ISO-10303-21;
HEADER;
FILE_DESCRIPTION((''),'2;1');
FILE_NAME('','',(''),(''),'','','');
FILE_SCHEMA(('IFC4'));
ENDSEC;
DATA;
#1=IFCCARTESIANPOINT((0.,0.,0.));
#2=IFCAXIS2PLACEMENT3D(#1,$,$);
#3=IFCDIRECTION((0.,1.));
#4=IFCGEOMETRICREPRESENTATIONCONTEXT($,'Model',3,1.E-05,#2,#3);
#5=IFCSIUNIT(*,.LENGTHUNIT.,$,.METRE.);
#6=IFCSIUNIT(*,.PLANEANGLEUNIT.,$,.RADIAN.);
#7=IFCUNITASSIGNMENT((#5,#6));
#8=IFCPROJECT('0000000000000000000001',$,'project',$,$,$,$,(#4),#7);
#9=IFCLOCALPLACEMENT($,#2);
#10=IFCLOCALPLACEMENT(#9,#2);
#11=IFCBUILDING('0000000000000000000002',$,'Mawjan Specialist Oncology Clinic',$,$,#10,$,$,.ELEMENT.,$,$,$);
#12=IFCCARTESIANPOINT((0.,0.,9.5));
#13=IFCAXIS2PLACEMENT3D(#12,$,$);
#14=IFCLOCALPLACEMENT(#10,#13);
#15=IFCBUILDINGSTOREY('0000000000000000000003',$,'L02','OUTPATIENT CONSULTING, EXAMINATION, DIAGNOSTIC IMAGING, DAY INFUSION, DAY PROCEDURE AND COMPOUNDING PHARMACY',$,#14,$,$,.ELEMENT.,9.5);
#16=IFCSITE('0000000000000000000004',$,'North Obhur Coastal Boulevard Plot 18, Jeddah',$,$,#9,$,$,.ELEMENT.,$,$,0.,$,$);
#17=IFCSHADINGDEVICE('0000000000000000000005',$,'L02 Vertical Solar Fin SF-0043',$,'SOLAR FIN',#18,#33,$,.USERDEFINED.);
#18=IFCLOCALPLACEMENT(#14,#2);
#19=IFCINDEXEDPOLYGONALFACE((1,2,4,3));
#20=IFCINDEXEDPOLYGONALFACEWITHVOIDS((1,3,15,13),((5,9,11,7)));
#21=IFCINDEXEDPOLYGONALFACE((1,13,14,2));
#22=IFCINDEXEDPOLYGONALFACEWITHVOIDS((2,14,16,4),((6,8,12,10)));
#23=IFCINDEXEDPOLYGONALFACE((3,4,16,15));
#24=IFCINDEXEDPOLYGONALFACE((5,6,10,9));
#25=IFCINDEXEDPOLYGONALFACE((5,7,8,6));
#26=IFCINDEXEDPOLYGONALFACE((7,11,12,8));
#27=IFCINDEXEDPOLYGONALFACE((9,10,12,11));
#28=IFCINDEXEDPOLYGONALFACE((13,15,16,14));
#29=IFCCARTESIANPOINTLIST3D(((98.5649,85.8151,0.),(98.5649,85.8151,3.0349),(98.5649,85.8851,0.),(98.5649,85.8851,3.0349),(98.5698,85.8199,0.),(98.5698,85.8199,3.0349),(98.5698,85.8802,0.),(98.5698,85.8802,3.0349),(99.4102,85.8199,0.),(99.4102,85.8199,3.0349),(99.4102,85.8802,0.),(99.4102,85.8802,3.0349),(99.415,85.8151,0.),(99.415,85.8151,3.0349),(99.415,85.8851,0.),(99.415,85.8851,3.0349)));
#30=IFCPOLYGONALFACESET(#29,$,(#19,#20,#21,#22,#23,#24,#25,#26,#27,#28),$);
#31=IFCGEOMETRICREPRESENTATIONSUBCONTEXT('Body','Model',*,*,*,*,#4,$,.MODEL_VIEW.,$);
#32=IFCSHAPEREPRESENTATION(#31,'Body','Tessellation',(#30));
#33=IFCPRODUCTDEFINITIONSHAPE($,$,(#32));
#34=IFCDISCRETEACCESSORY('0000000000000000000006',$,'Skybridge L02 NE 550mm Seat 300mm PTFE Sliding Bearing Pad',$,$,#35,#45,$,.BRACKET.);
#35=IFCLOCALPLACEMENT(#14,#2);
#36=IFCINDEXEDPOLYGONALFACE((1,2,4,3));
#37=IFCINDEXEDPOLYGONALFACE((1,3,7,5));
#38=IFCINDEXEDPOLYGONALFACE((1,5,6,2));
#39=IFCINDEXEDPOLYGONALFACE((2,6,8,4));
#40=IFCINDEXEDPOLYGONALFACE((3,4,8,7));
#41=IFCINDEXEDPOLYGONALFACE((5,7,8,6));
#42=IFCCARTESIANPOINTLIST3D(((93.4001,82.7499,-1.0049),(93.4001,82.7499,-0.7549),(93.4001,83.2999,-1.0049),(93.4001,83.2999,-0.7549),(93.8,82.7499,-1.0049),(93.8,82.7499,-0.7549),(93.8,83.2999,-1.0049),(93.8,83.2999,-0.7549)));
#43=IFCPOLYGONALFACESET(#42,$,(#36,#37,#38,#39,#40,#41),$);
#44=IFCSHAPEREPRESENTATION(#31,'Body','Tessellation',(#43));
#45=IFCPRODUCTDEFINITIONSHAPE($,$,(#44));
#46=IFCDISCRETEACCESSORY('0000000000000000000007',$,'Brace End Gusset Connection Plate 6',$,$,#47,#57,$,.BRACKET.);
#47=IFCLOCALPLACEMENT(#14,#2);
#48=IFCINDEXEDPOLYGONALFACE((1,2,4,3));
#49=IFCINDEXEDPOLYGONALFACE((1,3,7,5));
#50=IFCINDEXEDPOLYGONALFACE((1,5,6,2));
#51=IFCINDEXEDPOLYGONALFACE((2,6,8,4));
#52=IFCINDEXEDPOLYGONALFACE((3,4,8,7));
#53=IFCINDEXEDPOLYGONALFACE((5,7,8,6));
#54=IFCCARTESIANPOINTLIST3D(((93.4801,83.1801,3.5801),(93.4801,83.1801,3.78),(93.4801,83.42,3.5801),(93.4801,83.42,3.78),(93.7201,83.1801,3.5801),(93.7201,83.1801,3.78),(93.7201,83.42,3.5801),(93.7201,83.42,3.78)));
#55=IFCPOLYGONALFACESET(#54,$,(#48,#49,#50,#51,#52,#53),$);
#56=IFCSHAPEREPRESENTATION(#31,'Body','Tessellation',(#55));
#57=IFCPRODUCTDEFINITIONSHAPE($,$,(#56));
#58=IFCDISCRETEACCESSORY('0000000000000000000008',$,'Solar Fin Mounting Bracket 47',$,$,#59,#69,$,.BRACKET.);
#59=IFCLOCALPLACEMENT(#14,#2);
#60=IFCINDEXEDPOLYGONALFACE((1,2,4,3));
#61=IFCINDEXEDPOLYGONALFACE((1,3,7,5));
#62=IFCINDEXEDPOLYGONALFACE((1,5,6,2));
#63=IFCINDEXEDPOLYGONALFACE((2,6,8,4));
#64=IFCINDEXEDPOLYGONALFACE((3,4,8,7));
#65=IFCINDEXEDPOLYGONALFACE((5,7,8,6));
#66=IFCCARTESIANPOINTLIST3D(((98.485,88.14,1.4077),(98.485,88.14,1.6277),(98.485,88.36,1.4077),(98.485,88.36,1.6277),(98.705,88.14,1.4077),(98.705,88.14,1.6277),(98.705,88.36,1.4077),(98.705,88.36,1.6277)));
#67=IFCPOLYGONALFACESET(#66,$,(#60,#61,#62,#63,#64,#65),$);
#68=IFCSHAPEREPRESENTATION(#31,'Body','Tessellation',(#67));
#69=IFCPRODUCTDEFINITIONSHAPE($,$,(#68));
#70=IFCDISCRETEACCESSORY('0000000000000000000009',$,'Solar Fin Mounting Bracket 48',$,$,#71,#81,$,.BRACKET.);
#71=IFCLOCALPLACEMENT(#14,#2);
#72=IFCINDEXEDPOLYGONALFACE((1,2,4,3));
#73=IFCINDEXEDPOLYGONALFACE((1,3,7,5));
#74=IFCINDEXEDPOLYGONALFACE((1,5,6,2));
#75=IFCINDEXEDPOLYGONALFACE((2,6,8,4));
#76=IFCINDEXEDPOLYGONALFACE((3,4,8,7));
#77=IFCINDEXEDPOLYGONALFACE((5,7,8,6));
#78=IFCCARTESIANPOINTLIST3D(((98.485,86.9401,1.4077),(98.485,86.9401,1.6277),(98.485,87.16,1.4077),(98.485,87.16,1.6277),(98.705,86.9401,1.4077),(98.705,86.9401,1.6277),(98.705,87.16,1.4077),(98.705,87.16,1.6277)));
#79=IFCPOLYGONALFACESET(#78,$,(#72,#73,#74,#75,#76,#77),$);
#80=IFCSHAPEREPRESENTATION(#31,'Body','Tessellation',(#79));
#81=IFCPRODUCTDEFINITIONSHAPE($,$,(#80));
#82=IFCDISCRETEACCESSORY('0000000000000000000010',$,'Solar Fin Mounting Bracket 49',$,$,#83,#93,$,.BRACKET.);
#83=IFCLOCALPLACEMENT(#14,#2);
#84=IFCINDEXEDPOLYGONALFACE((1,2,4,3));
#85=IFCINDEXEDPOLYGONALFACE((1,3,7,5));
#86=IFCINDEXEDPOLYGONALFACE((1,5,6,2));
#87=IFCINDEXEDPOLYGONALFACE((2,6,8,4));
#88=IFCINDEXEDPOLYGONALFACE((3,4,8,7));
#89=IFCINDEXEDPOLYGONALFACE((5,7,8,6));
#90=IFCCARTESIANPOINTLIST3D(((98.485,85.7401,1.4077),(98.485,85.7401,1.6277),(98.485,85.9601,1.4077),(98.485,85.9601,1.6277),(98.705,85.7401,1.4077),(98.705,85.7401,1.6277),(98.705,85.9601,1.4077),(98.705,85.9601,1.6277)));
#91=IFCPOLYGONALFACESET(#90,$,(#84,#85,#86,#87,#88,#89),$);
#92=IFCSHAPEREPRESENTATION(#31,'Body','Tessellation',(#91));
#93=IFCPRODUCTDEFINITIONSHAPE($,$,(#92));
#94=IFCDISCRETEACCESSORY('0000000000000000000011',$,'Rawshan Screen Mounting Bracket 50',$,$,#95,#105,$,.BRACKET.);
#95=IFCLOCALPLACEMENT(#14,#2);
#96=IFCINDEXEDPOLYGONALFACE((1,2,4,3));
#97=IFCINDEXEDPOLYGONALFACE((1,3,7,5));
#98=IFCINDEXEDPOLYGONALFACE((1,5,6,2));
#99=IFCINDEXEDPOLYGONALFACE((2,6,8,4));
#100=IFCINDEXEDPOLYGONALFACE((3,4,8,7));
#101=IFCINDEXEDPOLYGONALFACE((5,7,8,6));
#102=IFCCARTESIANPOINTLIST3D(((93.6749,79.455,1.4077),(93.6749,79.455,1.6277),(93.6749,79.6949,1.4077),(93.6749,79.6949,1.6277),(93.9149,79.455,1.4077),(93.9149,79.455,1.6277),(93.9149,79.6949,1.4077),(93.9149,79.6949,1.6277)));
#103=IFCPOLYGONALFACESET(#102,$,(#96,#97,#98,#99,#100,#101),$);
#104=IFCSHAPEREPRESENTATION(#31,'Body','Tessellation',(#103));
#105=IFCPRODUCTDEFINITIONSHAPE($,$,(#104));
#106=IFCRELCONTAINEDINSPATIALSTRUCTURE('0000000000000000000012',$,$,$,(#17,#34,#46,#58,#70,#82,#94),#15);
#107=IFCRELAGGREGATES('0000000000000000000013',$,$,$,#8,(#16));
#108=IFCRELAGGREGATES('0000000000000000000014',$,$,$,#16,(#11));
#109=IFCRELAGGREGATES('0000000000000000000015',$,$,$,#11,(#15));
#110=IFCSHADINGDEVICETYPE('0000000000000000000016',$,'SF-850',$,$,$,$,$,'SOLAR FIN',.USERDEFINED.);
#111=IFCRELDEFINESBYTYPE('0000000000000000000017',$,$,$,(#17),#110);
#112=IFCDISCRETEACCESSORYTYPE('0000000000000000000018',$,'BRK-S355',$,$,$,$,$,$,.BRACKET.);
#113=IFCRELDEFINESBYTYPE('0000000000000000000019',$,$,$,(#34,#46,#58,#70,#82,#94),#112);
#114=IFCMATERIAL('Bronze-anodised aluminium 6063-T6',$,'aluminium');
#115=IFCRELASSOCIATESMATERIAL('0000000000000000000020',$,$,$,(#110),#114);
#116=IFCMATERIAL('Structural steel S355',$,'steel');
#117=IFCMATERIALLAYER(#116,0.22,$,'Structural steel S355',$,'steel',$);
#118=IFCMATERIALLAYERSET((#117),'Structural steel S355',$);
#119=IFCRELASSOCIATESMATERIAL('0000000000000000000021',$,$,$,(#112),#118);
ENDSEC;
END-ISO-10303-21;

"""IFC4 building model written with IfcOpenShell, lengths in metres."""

from ifc_helpers import new_model, si_unit, direction, frame, origin, origin_2d, place, context, subcontext, project, spatial, rectangle, hollow_rectangle, extrude, material, layer, layer_set, material_profile, profile_set, type_object, element, save


model = new_model("IFC4")

# Units and contexts
model_context = context("Model", 3, precision=1e-05, world=origin(), true_north=direction((0.0, 1.0)))
body_context = subcontext(model_context, "Body", "Model", "MODEL_VIEW")
ifc_project = project(units=[si_unit("LENGTHUNIT", "METRE"), si_unit("PLANEANGLEUNIT", "RADIAN")], contexts=[model_context])

# Site, building, storey
site_placement = place(None, origin())
site = spatial("IfcSite", under=ifc_project, at=site_placement, Name="North Obhur Coastal Boulevard Plot 18, Jeddah", CompositionType="ELEMENT", RefElevation=0.0)
building_placement = place(site_placement, origin())
building = spatial("IfcBuilding", under=site, at=building_placement, Name="Mawjan Specialist Oncology Clinic", CompositionType="ELEMENT")
storey_placement = place(building_placement, frame((0.0, 0.0, 9.5)))
storey = spatial("IfcBuildingStorey", under=building, at=storey_placement, Name="L02", Description="OUTPATIENT CONSULTING, EXAMINATION, DIAGNOSTIC IMAGING, DAY INFUSION, DAY PROCEDURE AND COMPOUNDING PHARMACY", CompositionType="ELEMENT", Elevation=9.5)

# Shading device
ifc_material_1 = material(Name="Bronze-anodised aluminium 6063-T6", Category="aluminium")
ifc_material_profile_1 = material_profile(ifc_material_1, hollow_rectangle(XDim=0.0701, YDim=0.8501, WallThickness=0.0049, at=origin_2d()), Name="FIN 850x70x5", Category="aluminium")
ifc_profile_set_1 = profile_set([ifc_material_profile_1], Name="Bronze-anodised aluminium 6063-T6")
shading_device_type = type_object("IfcShadingDeviceType", Name="SF-850", ElementType="SOLAR FIN", PredefinedType="USERDEFINED", material=ifc_profile_set_1)
for number, where, z_axis, x_axis, name in (
    (1, (98.99, 85.8501, 0.0), (0.0, 0.0, 1.0), (0.0, -1.0, 0.0), "L02 Vertical Solar Fin SF-0043"),
):
    element("IfcShadingDevice", number, at=place(storey_placement, frame(where, z_axis=z_axis, x_axis=x_axis)), inside=storey, type_object=shading_device_type, Name=name, ObjectType="SOLAR FIN", PredefinedType="USERDEFINED", context=body_context, shape_type="SweptSolid", body=[
        extrude(hollow_rectangle(XDim=0.0701, YDim=0.8501, WallThickness=0.0049, at=origin_2d()), origin(), (0.0, 0.0, 1.0), 3.0349),
    ])

# Discrete accessories
ifc_material_2 = material(Name="Structural steel S355", Category="steel")
ifc_layer_1 = layer(ifc_material_2, 0.22, Name="Structural steel S355", Category="steel")
ifc_layer_set_1 = layer_set([ifc_layer_1], Name="Structural steel S355")
discrete_accessory_type = type_object("IfcDiscreteAccessoryType", Name="BRK-S355", PredefinedType="BRACKET", material=ifc_layer_set_1)
discrete_accessory_1_placement = place(storey_placement, frame((93.6001, 83.0249, -1.0049), z_axis=(0.0, 0.0, 1.0), x_axis=(1.0, 0.0, 0.0)))
element("IfcDiscreteAccessory", 2, at=discrete_accessory_1_placement, inside=storey, type_object=discrete_accessory_type, Name="Skybridge L02 NE 550mm Seat 300mm PTFE Sliding Bearing Pad", PredefinedType="BRACKET", context=body_context, shape_type="SweptSolid", body=[
    extrude(rectangle(XDim=0.3999, YDim=0.55, at=origin_2d()), origin(), (0.0, 0.0, 1.0), 0.25),
])
discrete_accessory_2_placement = place(storey_placement, frame((93.6001, 83.3, 3.5801), z_axis=(0.0, 0.0, 1.0), x_axis=(1.0, 0.0, 0.0)))
element("IfcDiscreteAccessory", 3, at=discrete_accessory_2_placement, inside=storey, type_object=discrete_accessory_type, Name="Brace End Gusset Connection Plate 6", PredefinedType="BRACKET", context=body_context, shape_type="SweptSolid", body=[
    extrude(rectangle(XDim=0.24, YDim=0.24, at=origin_2d()), origin(), (0.0, 0.0, 1.0), 0.2),
])
for number, where, z_axis, x_axis, name in (
    (4, (98.595, 88.25, 1.4077), (0.0, 0.0, 1.0), (0.0, -1.0, 0.0), "Solar Fin Mounting Bracket 47"),
    (5, (98.595, 87.05, 1.4077), (0.0, 0.0, 1.0), (0.0, -1.0, 0.0), "Solar Fin Mounting Bracket 48"),
    (6, (98.595, 85.8501, 1.4077), (0.0, 0.0, 1.0), (0.0, -1.0, 0.0), "Solar Fin Mounting Bracket 49"),
):
    element("IfcDiscreteAccessory", number, at=place(storey_placement, frame(where, z_axis=z_axis, x_axis=x_axis)), inside=storey, type_object=discrete_accessory_type, Name=name, PredefinedType="BRACKET", context=body_context, shape_type="SweptSolid", body=[
        extrude(rectangle(XDim=0.22, YDim=0.22, at=origin_2d()), origin(), (0.0, 0.0, 1.0), 0.22),
    ])
discrete_accessory_3_placement = place(storey_placement, frame((93.7949, 79.575, 1.4077), z_axis=(0.0, 0.0, 1.0), x_axis=(0.0, -1.0, 0.0)))
element("IfcDiscreteAccessory", 7, at=discrete_accessory_3_placement, inside=storey, type_object=discrete_accessory_type, Name="Rawshan Screen Mounting Bracket 50", PredefinedType="BRACKET", context=body_context, shape_type="SweptSolid", body=[
    extrude(rectangle(XDim=0.24, YDim=0.24, at=origin_2d()), origin(), (0.0, 0.0, 1.0), 0.22),
])

save(model, "model.ifc")
